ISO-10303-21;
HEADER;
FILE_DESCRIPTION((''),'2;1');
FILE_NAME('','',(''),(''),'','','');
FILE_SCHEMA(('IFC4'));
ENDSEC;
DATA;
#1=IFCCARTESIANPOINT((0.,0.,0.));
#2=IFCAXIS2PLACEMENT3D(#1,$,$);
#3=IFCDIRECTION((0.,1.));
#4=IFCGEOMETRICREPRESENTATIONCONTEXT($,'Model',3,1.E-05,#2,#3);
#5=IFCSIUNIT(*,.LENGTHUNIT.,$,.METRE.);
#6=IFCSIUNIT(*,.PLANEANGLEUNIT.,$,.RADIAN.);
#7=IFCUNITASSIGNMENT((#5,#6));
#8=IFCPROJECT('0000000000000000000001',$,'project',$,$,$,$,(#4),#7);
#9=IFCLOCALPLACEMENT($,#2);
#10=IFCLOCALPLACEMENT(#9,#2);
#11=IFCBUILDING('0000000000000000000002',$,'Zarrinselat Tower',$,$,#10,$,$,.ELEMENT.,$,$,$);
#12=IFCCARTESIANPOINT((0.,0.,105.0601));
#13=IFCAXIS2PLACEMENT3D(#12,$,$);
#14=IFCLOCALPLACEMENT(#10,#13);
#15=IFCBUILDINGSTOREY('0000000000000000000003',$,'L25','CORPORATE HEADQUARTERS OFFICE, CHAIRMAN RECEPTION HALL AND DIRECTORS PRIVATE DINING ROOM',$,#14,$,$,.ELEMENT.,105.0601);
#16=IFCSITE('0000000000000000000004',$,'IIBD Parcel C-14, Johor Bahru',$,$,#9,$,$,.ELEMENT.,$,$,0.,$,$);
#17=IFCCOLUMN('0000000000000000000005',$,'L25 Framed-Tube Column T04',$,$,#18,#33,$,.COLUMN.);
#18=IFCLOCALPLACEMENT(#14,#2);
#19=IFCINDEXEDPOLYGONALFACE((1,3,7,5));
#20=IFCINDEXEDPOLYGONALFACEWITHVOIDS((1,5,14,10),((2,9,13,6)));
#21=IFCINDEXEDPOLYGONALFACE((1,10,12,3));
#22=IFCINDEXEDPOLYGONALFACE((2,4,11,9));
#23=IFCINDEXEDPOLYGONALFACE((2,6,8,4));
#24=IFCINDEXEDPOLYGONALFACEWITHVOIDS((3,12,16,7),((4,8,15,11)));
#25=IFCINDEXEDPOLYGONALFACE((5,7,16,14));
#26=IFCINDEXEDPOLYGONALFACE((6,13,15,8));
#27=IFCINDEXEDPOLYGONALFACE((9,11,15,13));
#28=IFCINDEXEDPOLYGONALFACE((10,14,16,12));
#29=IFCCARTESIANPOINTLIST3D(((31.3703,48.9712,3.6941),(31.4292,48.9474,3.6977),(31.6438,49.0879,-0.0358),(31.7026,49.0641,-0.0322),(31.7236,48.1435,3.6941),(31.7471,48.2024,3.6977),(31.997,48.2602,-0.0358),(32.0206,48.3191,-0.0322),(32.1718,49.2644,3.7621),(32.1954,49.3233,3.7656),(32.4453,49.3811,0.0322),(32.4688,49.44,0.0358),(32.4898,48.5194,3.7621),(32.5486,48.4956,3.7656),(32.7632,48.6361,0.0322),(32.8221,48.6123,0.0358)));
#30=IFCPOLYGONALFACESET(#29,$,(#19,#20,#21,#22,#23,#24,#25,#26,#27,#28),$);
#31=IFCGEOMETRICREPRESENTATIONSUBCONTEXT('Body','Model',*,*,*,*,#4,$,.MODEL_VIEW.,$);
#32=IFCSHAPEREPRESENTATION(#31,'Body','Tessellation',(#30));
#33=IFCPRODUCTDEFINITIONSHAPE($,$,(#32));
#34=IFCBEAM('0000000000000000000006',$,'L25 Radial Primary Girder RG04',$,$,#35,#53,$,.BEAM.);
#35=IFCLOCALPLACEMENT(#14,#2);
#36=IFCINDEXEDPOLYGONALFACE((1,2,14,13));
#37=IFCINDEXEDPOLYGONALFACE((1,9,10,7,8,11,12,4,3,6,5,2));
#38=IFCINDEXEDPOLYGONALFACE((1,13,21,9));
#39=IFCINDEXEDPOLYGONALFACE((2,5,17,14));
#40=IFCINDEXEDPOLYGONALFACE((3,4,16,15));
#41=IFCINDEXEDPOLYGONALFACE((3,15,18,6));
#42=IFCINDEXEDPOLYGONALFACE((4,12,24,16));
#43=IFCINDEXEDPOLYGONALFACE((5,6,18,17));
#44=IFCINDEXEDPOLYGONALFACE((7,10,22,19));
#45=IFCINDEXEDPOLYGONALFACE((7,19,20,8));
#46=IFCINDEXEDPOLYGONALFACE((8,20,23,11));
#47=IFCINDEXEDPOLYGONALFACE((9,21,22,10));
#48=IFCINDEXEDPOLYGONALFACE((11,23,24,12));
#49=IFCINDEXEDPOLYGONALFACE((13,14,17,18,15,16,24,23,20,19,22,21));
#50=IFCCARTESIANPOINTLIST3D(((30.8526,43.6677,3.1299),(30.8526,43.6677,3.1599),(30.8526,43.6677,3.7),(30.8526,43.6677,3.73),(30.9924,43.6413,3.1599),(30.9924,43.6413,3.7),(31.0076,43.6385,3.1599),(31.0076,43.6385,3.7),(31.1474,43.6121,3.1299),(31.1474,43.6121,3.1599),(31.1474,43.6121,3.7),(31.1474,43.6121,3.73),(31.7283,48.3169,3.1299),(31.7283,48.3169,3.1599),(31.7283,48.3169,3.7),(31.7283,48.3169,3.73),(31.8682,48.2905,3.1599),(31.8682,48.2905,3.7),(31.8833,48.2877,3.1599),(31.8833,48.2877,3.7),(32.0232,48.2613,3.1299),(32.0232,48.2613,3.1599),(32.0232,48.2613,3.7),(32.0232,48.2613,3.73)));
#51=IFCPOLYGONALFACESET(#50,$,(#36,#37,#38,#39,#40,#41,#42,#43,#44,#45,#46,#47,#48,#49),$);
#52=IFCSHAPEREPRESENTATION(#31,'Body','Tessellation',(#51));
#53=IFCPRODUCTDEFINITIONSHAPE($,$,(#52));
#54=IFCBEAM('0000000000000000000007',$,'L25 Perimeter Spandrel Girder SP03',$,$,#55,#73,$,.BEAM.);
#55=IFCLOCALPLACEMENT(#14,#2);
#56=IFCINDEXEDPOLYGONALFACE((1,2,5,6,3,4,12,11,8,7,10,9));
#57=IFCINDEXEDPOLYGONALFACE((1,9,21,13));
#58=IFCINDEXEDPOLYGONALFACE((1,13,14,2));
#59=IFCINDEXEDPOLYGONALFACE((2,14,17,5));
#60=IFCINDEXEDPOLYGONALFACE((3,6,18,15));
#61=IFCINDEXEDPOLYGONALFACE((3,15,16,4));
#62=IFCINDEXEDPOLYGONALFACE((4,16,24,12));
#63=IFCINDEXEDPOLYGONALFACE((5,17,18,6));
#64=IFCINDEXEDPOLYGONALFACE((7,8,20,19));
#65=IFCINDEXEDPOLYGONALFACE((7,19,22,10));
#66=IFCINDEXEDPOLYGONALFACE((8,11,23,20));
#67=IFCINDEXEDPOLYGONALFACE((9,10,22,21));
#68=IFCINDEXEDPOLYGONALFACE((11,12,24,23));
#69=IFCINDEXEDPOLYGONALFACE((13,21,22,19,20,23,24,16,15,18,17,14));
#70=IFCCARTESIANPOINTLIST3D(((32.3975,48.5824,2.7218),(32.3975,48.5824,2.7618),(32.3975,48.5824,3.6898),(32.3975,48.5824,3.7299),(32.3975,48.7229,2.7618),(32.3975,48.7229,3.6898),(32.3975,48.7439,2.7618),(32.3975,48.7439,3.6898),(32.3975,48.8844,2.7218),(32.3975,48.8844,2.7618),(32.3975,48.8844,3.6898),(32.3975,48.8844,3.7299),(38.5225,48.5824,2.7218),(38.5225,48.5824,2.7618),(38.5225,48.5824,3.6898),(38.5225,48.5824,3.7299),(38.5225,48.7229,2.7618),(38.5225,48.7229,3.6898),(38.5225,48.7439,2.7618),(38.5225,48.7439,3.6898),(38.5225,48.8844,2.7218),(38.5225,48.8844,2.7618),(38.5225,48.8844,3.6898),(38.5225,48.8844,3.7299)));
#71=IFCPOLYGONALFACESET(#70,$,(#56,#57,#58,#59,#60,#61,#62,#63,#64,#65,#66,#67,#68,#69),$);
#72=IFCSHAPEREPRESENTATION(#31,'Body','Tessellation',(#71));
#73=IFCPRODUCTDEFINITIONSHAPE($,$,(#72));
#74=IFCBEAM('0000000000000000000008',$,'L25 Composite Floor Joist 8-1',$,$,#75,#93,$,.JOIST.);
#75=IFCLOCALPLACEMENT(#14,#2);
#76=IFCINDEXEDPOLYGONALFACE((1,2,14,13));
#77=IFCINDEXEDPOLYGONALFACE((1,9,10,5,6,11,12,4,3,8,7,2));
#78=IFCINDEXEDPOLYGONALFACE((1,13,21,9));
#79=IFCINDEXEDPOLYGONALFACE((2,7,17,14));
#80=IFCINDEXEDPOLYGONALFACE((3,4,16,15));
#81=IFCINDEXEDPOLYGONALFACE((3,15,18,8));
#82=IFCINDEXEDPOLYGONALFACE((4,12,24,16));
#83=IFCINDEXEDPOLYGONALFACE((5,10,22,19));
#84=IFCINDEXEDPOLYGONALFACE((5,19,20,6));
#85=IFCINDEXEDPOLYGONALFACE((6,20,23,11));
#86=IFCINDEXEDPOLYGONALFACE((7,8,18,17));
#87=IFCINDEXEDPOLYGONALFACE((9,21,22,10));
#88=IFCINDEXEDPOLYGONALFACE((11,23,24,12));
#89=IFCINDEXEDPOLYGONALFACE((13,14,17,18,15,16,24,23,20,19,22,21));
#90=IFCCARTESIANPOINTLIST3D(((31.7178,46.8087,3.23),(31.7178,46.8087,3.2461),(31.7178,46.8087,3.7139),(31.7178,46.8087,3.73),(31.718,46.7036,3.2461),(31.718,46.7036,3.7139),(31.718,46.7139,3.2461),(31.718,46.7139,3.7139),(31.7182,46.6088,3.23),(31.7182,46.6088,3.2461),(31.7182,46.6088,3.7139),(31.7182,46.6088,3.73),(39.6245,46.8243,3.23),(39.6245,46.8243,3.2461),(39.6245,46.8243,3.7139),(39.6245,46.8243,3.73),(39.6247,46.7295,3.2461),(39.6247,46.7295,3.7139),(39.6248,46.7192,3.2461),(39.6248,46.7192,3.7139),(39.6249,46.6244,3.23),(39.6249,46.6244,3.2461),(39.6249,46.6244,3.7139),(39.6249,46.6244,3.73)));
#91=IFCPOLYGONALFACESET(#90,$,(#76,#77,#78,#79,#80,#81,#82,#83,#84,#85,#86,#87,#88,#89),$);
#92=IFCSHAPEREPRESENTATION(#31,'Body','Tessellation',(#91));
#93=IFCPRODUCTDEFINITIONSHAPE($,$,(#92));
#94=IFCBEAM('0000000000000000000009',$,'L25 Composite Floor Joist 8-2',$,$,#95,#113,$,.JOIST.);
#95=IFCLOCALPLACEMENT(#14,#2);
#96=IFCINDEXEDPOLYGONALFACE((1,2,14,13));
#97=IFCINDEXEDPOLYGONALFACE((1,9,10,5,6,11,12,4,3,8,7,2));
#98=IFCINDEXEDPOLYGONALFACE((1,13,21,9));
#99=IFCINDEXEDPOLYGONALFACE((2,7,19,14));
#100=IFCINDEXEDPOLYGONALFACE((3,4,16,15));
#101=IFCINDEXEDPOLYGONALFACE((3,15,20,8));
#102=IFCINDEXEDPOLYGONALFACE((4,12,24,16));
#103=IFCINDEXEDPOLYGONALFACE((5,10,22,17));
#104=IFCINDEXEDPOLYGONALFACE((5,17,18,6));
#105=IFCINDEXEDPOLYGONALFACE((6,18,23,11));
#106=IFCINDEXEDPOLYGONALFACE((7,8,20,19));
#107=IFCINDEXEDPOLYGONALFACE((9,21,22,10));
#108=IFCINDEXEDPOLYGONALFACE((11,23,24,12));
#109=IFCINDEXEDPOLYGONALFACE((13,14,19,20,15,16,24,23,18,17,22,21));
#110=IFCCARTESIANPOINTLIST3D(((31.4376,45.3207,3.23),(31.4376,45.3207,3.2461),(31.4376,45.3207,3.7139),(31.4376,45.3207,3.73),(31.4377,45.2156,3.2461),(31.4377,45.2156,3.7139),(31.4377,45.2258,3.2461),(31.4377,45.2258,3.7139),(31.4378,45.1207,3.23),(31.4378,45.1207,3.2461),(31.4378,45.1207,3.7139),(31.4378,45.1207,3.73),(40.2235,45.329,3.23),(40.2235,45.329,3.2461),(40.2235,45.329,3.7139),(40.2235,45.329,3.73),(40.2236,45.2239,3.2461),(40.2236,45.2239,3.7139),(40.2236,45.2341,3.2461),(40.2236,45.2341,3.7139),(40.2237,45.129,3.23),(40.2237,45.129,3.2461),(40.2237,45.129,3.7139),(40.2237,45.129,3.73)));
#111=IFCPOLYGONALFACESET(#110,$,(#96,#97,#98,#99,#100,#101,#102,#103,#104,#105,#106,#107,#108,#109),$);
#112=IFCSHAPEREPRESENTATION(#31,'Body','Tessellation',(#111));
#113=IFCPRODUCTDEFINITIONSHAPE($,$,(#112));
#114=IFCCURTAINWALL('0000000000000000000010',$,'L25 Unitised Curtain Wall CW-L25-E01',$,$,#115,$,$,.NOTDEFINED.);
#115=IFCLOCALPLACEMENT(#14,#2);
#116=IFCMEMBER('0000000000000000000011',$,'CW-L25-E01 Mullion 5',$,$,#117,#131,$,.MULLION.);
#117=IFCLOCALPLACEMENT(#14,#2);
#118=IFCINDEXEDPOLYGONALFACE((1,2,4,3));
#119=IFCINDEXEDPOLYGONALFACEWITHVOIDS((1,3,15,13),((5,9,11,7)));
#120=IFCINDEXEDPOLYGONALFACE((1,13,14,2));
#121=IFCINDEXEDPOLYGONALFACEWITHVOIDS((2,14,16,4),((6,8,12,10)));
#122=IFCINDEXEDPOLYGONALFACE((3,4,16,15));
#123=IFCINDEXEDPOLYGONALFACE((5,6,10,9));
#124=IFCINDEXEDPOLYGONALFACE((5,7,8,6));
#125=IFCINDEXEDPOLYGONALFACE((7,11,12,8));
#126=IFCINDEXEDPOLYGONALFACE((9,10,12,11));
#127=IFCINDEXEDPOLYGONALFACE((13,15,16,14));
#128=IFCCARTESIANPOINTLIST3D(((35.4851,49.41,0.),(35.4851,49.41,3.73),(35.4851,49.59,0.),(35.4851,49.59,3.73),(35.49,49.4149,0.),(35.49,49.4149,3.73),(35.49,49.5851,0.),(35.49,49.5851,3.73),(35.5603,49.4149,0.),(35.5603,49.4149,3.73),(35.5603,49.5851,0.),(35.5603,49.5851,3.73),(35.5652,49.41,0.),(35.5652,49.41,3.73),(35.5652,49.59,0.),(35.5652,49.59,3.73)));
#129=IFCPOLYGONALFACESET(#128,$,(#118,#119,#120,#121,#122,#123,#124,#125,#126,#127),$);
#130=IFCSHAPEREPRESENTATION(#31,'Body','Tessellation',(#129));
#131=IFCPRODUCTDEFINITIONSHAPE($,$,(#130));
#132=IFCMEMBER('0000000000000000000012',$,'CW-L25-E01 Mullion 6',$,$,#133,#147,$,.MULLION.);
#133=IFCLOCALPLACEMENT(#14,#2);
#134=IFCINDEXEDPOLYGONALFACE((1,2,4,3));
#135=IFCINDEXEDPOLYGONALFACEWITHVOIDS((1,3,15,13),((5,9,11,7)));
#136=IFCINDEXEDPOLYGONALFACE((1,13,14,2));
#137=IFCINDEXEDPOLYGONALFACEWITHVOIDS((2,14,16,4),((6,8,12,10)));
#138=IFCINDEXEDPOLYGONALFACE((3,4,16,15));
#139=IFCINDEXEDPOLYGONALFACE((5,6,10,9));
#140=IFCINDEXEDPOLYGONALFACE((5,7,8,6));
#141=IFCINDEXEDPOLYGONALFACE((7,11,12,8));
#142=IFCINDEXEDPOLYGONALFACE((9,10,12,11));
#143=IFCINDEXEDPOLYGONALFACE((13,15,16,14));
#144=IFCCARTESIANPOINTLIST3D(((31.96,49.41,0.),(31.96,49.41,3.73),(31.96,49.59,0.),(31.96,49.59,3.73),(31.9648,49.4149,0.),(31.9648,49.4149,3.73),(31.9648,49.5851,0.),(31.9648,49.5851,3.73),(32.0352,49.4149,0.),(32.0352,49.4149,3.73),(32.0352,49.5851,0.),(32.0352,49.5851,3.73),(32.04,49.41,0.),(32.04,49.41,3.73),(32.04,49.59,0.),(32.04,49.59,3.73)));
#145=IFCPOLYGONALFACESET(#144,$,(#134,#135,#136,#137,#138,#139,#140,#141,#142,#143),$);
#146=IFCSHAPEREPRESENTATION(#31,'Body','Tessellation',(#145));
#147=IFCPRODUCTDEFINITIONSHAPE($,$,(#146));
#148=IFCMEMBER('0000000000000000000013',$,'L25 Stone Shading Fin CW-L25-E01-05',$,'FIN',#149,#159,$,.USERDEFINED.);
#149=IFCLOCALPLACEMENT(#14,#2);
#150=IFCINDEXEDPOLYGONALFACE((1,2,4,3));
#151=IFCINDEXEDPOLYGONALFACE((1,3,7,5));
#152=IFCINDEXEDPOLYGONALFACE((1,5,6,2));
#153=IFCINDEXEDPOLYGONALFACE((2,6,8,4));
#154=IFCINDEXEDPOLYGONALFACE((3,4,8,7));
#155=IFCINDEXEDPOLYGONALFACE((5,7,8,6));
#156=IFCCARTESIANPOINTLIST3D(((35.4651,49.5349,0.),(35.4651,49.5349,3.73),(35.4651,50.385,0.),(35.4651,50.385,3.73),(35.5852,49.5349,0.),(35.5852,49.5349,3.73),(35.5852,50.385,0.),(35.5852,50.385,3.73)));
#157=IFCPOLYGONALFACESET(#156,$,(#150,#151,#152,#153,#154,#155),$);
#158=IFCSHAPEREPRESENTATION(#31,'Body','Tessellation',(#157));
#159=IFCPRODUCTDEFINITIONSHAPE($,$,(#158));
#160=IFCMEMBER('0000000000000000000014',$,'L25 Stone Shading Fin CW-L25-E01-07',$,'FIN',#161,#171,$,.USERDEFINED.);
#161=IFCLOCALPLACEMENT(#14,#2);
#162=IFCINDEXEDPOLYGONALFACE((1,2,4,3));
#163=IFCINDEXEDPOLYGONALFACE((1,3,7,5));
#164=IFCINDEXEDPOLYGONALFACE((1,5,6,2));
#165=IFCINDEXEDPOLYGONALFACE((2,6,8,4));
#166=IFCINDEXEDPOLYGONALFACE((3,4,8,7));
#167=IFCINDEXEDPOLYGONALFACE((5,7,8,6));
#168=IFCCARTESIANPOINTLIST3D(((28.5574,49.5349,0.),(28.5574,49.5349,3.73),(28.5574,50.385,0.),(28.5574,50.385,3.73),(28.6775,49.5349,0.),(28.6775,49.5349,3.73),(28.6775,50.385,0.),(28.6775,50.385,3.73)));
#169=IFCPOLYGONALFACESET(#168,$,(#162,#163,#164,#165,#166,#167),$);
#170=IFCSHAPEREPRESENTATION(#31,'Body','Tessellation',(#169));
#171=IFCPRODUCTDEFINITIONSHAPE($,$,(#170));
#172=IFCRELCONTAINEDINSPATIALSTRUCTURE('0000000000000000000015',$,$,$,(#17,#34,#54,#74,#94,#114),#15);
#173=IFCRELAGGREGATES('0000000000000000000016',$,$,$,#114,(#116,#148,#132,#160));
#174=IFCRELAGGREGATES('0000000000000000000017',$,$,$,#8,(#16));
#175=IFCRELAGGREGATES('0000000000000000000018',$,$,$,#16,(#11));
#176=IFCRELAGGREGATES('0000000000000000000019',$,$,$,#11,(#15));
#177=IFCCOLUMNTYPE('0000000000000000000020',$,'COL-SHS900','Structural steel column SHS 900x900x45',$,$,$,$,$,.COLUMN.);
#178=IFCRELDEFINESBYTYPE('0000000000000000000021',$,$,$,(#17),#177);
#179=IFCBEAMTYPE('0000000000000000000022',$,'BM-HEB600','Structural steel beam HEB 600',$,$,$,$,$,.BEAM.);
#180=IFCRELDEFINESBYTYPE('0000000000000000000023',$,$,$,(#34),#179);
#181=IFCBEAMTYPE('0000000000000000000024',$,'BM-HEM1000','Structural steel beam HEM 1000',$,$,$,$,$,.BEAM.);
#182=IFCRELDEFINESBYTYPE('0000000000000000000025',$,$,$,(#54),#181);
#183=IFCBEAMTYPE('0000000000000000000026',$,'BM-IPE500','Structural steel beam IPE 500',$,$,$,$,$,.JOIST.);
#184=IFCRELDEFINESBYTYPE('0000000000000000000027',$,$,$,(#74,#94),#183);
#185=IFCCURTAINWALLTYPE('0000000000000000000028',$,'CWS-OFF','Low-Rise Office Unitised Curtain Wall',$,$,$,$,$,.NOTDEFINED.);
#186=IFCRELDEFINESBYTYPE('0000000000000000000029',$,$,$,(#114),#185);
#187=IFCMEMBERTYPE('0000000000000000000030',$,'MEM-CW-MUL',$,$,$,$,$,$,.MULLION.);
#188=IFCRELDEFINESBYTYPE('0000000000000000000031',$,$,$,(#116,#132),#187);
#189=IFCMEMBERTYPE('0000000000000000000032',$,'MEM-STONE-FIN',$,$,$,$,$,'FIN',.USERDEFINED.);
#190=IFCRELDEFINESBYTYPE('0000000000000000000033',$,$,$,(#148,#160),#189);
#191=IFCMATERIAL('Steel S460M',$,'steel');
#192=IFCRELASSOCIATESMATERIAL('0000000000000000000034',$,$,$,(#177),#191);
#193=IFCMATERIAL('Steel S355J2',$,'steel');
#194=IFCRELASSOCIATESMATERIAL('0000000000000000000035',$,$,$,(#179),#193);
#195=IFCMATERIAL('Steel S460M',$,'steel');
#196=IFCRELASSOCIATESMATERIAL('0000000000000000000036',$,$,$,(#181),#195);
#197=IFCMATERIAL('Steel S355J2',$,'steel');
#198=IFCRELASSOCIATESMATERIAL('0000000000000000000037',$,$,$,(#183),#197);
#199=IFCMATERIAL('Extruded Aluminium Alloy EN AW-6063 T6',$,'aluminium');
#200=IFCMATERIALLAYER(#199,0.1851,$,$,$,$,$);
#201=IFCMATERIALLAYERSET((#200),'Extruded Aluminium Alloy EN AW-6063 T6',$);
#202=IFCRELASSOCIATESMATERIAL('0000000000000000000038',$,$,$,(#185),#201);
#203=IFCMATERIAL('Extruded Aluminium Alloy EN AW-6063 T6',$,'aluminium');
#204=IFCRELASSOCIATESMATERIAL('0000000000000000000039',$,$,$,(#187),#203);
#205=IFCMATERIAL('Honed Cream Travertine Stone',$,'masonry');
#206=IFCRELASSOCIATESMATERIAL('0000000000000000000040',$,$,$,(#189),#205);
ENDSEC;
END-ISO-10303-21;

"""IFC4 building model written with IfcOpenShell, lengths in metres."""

from ifc_helpers import new_model, si_unit, direction, frame, origin, origin_2d, place, context, subcontext, project, spatial, rectangle, hollow_rectangle, i_section, extrude, material, layer, layer_set, material_profile, profile_set, type_object, element, aggregate, save


model = new_model("IFC4")

# Units and contexts
model_context = context("Model", 3, precision=1e-05, world=origin(), true_north=direction((0.0, 1.0)))
body_context = subcontext(model_context, "Body", "Model", "MODEL_VIEW")
ifc_project = project(units=[si_unit("LENGTHUNIT", "METRE"), si_unit("PLANEANGLEUNIT", "RADIAN")], contexts=[model_context])

# Site, building, storey
site_placement = place(None, origin())
site = spatial("IfcSite", under=ifc_project, at=site_placement, Name="IIBD Parcel C-14, Johor Bahru", CompositionType="ELEMENT", RefElevation=0.0)
building_placement = place(site_placement, origin())
building = spatial("IfcBuilding", under=site, at=building_placement, Name="Zarrinselat Tower", CompositionType="ELEMENT")
storey_placement = place(building_placement, frame((0.0, 0.0, 105.0601)))
storey = spatial("IfcBuildingStorey", under=building, at=storey_placement, Name="L25", Description="CORPORATE HEADQUARTERS OFFICE, CHAIRMAN RECEPTION HALL AND DIRECTORS PRIVATE DINING ROOM", CompositionType="ELEMENT", Elevation=105.0601)

# Column
ifc_material_1 = material(Name="Steel S460M", Category="steel")
ifc_material_profile_1 = material_profile(ifc_material_1, hollow_rectangle(XDim=0.8999, YDim=0.8999, WallThickness=0.0449, at=origin_2d()), Name="SHS 900x900x45")
ifc_profile_set_1 = profile_set([ifc_material_profile_1], Name="Steel S460M")
column_type = type_object("IfcColumnType", Name="COL-SHS900", Description="Structural steel column SHS 900x900x45", PredefinedType="COLUMN", material=ifc_profile_set_1)
column_placement = place(storey_placement, frame((32.2329, 48.8501, 0.0), z_axis=(-0.073076, -0.031188, 0.996839), x_axis=(0.392531, -0.919739, 0.0)))
element("IfcColumn", 1, at=column_placement, inside=storey, type_object=column_type, Name="L25 Framed-Tube Column T04", PredefinedType="COLUMN", context=body_context, shape_type="SweptSolid", body=[
    extrude(hollow_rectangle(XDim=0.8999, YDim=0.8999, WallThickness=0.0449, at=origin_2d()), origin(), (0.0, 0.0, 1.0), 3.7417),
])

# Beams
ifc_material_2 = material(Name="Steel S355J2", Category="steel")
ifc_material_profile_2 = material_profile(ifc_material_2, i_section(OverallWidth=0.3, OverallDepth=0.6001, WebThickness=0.0154, FlangeThickness=0.03, at=origin_2d()), Name="HEB 600")
ifc_profile_set_2 = profile_set([ifc_material_profile_2], Name="Steel S355J2")
beam_type_1 = type_object("IfcBeamType", Name="BM-HEB600", Description="Structural steel beam HEB 600", PredefinedType="BEAM", material=ifc_profile_set_2)
beam_1_placement = place(storey_placement, frame((31.0, 43.6399, 3.4299), z_axis=(0.185108, 0.982718, 0.0), x_axis=(-0.982718, 0.185108, 0.0)))
element("IfcBeam", 2, at=beam_1_placement, inside=storey, type_object=beam_type_1, Name="L25 Radial Primary Girder RG04", PredefinedType="BEAM", context=body_context, shape_type="SweptSolid", body=[
    extrude(i_section(OverallWidth=0.3, OverallDepth=0.6001, WebThickness=0.0154, FlangeThickness=0.03, at=origin_2d()), origin(), (0.0, 0.0, 1.0), 4.731),
])
ifc_material_3 = material(Name="Steel S460M", Category="steel")
ifc_material_profile_3 = material_profile(ifc_material_3, i_section(OverallWidth=0.302, OverallDepth=1.0081, WebThickness=0.021, FlangeThickness=0.04, at=origin_2d()), Name="HEM 1000")
ifc_profile_set_3 = profile_set([ifc_material_profile_3], Name="Steel S460M")
beam_type_2 = type_object("IfcBeamType", Name="BM-HEM1000", Description="Structural steel beam HEM 1000", PredefinedType="BEAM", material=ifc_profile_set_3)
beam_2_placement = place(storey_placement, frame((32.3975, 48.7334, 3.2258), z_axis=(1.0, 0.0, 0.0), x_axis=(0.0, 1.0, 0.0)))
element("IfcBeam", 3, at=beam_2_placement, inside=storey, type_object=beam_type_2, Name="L25 Perimeter Spandrel Girder SP03", PredefinedType="BEAM", context=body_context, shape_type="SweptSolid", body=[
    extrude(i_section(OverallWidth=0.302, OverallDepth=1.0081, WebThickness=0.021, FlangeThickness=0.04, at=origin_2d()), origin(), (0.0, 0.0, 1.0), 6.125),
])
ifc_material_4 = material(Name="Steel S355J2", Category="steel")
ifc_material_profile_4 = material_profile(ifc_material_4, i_section(OverallWidth=0.2, OverallDepth=0.5, WebThickness=0.0103, FlangeThickness=0.0161, at=origin_2d()), Name="IPE 500")
ifc_profile_set_4 = profile_set([ifc_material_profile_4], Name="Steel S355J2")
beam_type_3 = type_object("IfcBeamType", Name="BM-IPE500", Description="Structural steel beam IPE 500", PredefinedType="JOIST", material=ifc_profile_set_4)
beam_3_placement = place(storey_placement, frame((31.718, 46.7087, 3.48), z_axis=(0.999998, 0.001976, 0.0), x_axis=(-0.001976, 0.999998, 0.0)))
element("IfcBeam", 4, at=beam_3_placement, inside=storey, type_object=beam_type_3, Name="L25 Composite Floor Joist 8-1", PredefinedType="JOIST", context=body_context, shape_type="SweptSolid", body=[
    extrude(i_section(OverallWidth=0.2, OverallDepth=0.5, WebThickness=0.0103, FlangeThickness=0.0161, at=origin_2d()), origin(), (0.0, 0.0, 1.0), 7.9067),
])
beam_4_placement = place(storey_placement, frame((31.4377, 45.2207, 3.48), z_axis=(1.0, 0.000945, 0.0), x_axis=(-0.000945, 1.0, 0.0)))
element("IfcBeam", 5, at=beam_4_placement, inside=storey, type_object=beam_type_3, Name="L25 Composite Floor Joist 8-2", PredefinedType="JOIST", context=body_context, shape_type="SweptSolid", body=[
    extrude(i_section(OverallWidth=0.2, OverallDepth=0.5, WebThickness=0.0103, FlangeThickness=0.0161, at=origin_2d()), origin(), (0.0, 0.0, 1.0), 8.7859),
])

# Curtain wall, members
ifc_material_5 = material(Name="Extruded Aluminium Alloy EN AW-6063 T6", Category="aluminium")
ifc_layer_1 = layer(ifc_material_5, 0.1851)
ifc_layer_set_1 = layer_set([ifc_layer_1], Name="Extruded Aluminium Alloy EN AW-6063 T6")
curtain_wall_type = type_object("IfcCurtainWallType", Name="CWS-OFF", Description="Low-Rise Office Unitised Curtain Wall", PredefinedType="NOTDEFINED", material=ifc_layer_set_1)
curtain_wall_placement = place(storey_placement, origin())
curtain_wall = element("IfcCurtainWall", 6, at=curtain_wall_placement, inside=storey, type_object=curtain_wall_type, Name="L25 Unitised Curtain Wall CW-L25-E01", PredefinedType="NOTDEFINED")
ifc_material_6 = material(Name="Extruded Aluminium Alloy EN AW-6063 T6", Category="aluminium")
ifc_material_profile_5 = material_profile(ifc_material_6, hollow_rectangle(XDim=0.0801, YDim=0.1799, WallThickness=0.0049, at=origin_2d()), Name="RHS 180x80x5")
ifc_profile_set_5 = profile_set([ifc_material_profile_5], Name="Extruded Aluminium Alloy EN AW-6063 T6")
member_type_1 = type_object("IfcMemberType", Name="MEM-CW-MUL", PredefinedType="MULLION", material=ifc_profile_set_5)
member_1_placement = place(storey_placement, frame((35.5251, 49.5, 0.0), z_axis=(0.0, 0.0, 1.0), x_axis=(-1.0, 0.0, 0.0)))
member_1 = element("IfcMember", 7, at=member_1_placement, type_object=member_type_1, Name="CW-L25-E01 Mullion 5", PredefinedType="MULLION", context=body_context, shape_type="SweptSolid", body=[
    extrude(hollow_rectangle(XDim=0.0801, YDim=0.1799, WallThickness=0.0049, at=origin_2d()), origin(), (0.0, 0.0, 1.0), 3.73),
])
member_2_placement = place(storey_placement, frame((32.0, 49.5, 0.0), z_axis=(0.0, 0.0, 1.0), x_axis=(-1.0, 0.0, 0.0)))
member_2 = element("IfcMember", 8, at=member_2_placement, type_object=member_type_1, Name="CW-L25-E01 Mullion 6", PredefinedType="MULLION", context=body_context, shape_type="SweptSolid", body=[
    extrude(hollow_rectangle(XDim=0.0801, YDim=0.1799, WallThickness=0.0049, at=origin_2d()), origin(), (0.0, 0.0, 1.0), 3.73),
])
ifc_material_7 = material(Name="Honed Cream Travertine Stone", Category="masonry")
ifc_material_profile_6 = material_profile(ifc_material_7, rectangle(XDim=0.1201, YDim=0.8501, at=origin_2d()), Name="FIN 850x120")
ifc_profile_set_6 = profile_set([ifc_material_profile_6], Name="Honed Cream Travertine Stone")
member_type_2 = type_object("IfcMemberType", Name="MEM-STONE-FIN", ElementType="FIN", PredefinedType="USERDEFINED", material=ifc_profile_set_6)
member_3_placement = place(storey_placement, frame((35.5251, 49.96, 0.0), z_axis=(0.0, 0.0, 1.0), x_axis=(1.0, 0.0, 0.0)))
member_3 = element("IfcMember", 9, at=member_3_placement, type_object=member_type_2, Name="L25 Stone Shading Fin CW-L25-E01-05", ObjectType="FIN", PredefinedType="USERDEFINED", context=body_context, shape_type="SweptSolid", body=[
    extrude(rectangle(XDim=0.1201, YDim=0.8501, at=origin_2d()), origin(), (0.0, 0.0, 1.0), 3.73),
])
member_4_placement = place(storey_placement, frame((28.6174, 49.96, 0.0), z_axis=(0.0, 0.0, 1.0), x_axis=(1.0, 0.0, 0.0)))
member_4 = element("IfcMember", 10, at=member_4_placement, type_object=member_type_2, Name="L25 Stone Shading Fin CW-L25-E01-07", ObjectType="FIN", PredefinedType="USERDEFINED", context=body_context, shape_type="SweptSolid", body=[
    extrude(rectangle(XDim=0.1201, YDim=0.8501, at=origin_2d()), origin(), (0.0, 0.0, 1.0), 3.73),
])
aggregate(curtain_wall, [member_1, member_3, member_2, member_4])

save(model, "model.ifc")
